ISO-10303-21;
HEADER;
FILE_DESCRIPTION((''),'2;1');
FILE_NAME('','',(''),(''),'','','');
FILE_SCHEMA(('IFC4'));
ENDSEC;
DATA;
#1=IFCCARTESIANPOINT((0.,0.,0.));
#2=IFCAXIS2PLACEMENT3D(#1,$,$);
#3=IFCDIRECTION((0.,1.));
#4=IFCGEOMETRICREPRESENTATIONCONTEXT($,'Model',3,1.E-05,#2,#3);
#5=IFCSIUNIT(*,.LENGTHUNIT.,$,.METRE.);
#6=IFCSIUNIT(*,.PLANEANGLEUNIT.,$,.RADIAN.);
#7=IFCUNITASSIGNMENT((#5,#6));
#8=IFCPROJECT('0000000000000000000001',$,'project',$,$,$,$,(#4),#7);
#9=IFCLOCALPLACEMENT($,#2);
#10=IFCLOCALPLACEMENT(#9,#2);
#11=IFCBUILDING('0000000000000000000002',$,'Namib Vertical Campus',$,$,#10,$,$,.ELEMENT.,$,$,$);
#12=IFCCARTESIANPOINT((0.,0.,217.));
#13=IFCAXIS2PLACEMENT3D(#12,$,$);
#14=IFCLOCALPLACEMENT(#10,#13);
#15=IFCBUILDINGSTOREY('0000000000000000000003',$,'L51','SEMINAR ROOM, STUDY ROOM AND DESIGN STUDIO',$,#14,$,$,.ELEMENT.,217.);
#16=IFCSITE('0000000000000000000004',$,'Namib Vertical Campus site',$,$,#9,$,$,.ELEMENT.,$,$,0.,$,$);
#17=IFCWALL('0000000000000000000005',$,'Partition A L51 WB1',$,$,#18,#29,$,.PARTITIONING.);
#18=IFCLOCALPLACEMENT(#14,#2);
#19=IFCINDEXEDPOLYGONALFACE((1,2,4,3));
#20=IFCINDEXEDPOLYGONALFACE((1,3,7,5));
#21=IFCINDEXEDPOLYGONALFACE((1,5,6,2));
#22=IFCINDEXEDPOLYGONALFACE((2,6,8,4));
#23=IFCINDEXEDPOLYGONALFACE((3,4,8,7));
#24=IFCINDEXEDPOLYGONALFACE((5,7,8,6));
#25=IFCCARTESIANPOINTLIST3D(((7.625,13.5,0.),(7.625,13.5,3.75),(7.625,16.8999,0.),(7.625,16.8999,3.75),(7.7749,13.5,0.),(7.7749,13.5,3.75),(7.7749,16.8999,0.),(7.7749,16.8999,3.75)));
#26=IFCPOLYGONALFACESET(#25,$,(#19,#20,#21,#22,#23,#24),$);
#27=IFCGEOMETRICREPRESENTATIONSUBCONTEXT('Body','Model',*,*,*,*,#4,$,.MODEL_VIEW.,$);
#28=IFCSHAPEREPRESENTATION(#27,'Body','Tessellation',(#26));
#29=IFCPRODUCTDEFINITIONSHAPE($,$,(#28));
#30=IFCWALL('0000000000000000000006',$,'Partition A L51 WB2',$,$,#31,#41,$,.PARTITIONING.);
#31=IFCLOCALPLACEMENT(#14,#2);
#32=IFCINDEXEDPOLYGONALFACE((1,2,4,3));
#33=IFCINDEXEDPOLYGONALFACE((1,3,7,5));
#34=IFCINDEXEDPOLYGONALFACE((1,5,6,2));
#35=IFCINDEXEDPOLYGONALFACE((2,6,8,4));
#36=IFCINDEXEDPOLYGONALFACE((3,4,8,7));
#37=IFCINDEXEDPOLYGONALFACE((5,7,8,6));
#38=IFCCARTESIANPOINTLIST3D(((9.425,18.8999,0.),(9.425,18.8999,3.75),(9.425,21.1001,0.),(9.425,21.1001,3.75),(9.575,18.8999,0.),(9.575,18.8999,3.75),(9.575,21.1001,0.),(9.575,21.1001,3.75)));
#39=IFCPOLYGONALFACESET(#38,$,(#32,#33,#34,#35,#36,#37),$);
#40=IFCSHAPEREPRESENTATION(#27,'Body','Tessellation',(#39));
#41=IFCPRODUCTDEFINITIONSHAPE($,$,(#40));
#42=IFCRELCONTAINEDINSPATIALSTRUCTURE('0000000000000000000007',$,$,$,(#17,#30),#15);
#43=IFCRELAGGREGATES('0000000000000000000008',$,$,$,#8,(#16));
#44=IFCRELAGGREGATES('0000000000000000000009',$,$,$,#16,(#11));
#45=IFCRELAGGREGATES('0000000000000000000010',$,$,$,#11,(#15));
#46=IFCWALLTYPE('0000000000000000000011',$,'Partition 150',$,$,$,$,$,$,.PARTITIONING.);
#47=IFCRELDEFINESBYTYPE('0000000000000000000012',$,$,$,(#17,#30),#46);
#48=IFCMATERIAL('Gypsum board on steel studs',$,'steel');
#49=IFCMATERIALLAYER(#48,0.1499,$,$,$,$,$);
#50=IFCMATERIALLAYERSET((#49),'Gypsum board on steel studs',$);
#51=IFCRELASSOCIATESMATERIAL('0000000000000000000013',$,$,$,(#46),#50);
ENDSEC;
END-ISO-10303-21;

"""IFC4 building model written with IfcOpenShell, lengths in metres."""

from ifc_helpers import new_model, si_unit, direction, frame, frame_2d, origin, place, context, subcontext, project, spatial, rectangle, extrude, material, layer, layer_set, type_object, element, save


model = new_model("IFC4")

# Units and contexts
model_context = context("Model", 3, precision=1e-05, world=origin(), true_north=direction((0.0, 1.0)))
body_context = subcontext(model_context, "Body", "Model", "MODEL_VIEW")
ifc_project = project(units=[si_unit("LENGTHUNIT", "METRE"), si_unit("PLANEANGLEUNIT", "RADIAN")], contexts=[model_context])

# Site, building, storey
site_placement = place(None, origin())
site = spatial("IfcSite", under=ifc_project, at=site_placement, Name="Namib Vertical Campus site", CompositionType="ELEMENT", RefElevation=0.0)
building_placement = place(site_placement, origin())
building = spatial("IfcBuilding", under=site, at=building_placement, Name="Namib Vertical Campus", CompositionType="ELEMENT")
storey_placement = place(building_placement, frame((0.0, 0.0, 217.0)))
storey = spatial("IfcBuildingStorey", under=building, at=storey_placement, Name="L51", Description="SEMINAR ROOM, STUDY ROOM AND DESIGN STUDIO", CompositionType="ELEMENT", Elevation=217.0)

# Walls
ifc_material_1 = material(Name="Gypsum board on steel studs", Category="steel")
ifc_layer_1 = layer(ifc_material_1, 0.1499)
ifc_layer_set_1 = layer_set([ifc_layer_1], Name="Gypsum board on steel studs")
wall_type_1 = type_object("IfcWallType", Name="Partition 150", PredefinedType="PARTITIONING", material=ifc_layer_set_1)
wall_1_placement = place(storey_placement, frame((7.7, 13.5, 0.0), z_axis=(0.0, 0.0, 1.0), x_axis=(0.0, 1.0, 0.0)))
element("IfcWall", 1, at=wall_1_placement, inside=storey, type_object=wall_type_1, Name="Partition A L51 WB1", PredefinedType="PARTITIONING", context=body_context, shape_type="SweptSolid", body=[
    extrude(rectangle(XDim=3.3999, YDim=0.1499, at=frame_2d((1.7, 0.0))), origin(), (0.0, 0.0, 1.0), 3.75),
])
wall_2_placement = place(storey_placement, frame((9.5, 18.8999, 0.0), z_axis=(0.0, 0.0, 1.0), x_axis=(0.0, 1.0, 0.0)))
element("IfcWall", 2, at=wall_2_placement, inside=storey, type_object=wall_type_1, Name="Partition A L51 WB2", PredefinedType="PARTITIONING", context=body_context, shape_type="SweptSolid", body=[
    extrude(rectangle(XDim=2.2002, YDim=0.1499, at=frame_2d((1.1001, 0.0))), origin(), (0.0, 0.0, 1.0), 3.75),
])

save(model, "model.ifc")
